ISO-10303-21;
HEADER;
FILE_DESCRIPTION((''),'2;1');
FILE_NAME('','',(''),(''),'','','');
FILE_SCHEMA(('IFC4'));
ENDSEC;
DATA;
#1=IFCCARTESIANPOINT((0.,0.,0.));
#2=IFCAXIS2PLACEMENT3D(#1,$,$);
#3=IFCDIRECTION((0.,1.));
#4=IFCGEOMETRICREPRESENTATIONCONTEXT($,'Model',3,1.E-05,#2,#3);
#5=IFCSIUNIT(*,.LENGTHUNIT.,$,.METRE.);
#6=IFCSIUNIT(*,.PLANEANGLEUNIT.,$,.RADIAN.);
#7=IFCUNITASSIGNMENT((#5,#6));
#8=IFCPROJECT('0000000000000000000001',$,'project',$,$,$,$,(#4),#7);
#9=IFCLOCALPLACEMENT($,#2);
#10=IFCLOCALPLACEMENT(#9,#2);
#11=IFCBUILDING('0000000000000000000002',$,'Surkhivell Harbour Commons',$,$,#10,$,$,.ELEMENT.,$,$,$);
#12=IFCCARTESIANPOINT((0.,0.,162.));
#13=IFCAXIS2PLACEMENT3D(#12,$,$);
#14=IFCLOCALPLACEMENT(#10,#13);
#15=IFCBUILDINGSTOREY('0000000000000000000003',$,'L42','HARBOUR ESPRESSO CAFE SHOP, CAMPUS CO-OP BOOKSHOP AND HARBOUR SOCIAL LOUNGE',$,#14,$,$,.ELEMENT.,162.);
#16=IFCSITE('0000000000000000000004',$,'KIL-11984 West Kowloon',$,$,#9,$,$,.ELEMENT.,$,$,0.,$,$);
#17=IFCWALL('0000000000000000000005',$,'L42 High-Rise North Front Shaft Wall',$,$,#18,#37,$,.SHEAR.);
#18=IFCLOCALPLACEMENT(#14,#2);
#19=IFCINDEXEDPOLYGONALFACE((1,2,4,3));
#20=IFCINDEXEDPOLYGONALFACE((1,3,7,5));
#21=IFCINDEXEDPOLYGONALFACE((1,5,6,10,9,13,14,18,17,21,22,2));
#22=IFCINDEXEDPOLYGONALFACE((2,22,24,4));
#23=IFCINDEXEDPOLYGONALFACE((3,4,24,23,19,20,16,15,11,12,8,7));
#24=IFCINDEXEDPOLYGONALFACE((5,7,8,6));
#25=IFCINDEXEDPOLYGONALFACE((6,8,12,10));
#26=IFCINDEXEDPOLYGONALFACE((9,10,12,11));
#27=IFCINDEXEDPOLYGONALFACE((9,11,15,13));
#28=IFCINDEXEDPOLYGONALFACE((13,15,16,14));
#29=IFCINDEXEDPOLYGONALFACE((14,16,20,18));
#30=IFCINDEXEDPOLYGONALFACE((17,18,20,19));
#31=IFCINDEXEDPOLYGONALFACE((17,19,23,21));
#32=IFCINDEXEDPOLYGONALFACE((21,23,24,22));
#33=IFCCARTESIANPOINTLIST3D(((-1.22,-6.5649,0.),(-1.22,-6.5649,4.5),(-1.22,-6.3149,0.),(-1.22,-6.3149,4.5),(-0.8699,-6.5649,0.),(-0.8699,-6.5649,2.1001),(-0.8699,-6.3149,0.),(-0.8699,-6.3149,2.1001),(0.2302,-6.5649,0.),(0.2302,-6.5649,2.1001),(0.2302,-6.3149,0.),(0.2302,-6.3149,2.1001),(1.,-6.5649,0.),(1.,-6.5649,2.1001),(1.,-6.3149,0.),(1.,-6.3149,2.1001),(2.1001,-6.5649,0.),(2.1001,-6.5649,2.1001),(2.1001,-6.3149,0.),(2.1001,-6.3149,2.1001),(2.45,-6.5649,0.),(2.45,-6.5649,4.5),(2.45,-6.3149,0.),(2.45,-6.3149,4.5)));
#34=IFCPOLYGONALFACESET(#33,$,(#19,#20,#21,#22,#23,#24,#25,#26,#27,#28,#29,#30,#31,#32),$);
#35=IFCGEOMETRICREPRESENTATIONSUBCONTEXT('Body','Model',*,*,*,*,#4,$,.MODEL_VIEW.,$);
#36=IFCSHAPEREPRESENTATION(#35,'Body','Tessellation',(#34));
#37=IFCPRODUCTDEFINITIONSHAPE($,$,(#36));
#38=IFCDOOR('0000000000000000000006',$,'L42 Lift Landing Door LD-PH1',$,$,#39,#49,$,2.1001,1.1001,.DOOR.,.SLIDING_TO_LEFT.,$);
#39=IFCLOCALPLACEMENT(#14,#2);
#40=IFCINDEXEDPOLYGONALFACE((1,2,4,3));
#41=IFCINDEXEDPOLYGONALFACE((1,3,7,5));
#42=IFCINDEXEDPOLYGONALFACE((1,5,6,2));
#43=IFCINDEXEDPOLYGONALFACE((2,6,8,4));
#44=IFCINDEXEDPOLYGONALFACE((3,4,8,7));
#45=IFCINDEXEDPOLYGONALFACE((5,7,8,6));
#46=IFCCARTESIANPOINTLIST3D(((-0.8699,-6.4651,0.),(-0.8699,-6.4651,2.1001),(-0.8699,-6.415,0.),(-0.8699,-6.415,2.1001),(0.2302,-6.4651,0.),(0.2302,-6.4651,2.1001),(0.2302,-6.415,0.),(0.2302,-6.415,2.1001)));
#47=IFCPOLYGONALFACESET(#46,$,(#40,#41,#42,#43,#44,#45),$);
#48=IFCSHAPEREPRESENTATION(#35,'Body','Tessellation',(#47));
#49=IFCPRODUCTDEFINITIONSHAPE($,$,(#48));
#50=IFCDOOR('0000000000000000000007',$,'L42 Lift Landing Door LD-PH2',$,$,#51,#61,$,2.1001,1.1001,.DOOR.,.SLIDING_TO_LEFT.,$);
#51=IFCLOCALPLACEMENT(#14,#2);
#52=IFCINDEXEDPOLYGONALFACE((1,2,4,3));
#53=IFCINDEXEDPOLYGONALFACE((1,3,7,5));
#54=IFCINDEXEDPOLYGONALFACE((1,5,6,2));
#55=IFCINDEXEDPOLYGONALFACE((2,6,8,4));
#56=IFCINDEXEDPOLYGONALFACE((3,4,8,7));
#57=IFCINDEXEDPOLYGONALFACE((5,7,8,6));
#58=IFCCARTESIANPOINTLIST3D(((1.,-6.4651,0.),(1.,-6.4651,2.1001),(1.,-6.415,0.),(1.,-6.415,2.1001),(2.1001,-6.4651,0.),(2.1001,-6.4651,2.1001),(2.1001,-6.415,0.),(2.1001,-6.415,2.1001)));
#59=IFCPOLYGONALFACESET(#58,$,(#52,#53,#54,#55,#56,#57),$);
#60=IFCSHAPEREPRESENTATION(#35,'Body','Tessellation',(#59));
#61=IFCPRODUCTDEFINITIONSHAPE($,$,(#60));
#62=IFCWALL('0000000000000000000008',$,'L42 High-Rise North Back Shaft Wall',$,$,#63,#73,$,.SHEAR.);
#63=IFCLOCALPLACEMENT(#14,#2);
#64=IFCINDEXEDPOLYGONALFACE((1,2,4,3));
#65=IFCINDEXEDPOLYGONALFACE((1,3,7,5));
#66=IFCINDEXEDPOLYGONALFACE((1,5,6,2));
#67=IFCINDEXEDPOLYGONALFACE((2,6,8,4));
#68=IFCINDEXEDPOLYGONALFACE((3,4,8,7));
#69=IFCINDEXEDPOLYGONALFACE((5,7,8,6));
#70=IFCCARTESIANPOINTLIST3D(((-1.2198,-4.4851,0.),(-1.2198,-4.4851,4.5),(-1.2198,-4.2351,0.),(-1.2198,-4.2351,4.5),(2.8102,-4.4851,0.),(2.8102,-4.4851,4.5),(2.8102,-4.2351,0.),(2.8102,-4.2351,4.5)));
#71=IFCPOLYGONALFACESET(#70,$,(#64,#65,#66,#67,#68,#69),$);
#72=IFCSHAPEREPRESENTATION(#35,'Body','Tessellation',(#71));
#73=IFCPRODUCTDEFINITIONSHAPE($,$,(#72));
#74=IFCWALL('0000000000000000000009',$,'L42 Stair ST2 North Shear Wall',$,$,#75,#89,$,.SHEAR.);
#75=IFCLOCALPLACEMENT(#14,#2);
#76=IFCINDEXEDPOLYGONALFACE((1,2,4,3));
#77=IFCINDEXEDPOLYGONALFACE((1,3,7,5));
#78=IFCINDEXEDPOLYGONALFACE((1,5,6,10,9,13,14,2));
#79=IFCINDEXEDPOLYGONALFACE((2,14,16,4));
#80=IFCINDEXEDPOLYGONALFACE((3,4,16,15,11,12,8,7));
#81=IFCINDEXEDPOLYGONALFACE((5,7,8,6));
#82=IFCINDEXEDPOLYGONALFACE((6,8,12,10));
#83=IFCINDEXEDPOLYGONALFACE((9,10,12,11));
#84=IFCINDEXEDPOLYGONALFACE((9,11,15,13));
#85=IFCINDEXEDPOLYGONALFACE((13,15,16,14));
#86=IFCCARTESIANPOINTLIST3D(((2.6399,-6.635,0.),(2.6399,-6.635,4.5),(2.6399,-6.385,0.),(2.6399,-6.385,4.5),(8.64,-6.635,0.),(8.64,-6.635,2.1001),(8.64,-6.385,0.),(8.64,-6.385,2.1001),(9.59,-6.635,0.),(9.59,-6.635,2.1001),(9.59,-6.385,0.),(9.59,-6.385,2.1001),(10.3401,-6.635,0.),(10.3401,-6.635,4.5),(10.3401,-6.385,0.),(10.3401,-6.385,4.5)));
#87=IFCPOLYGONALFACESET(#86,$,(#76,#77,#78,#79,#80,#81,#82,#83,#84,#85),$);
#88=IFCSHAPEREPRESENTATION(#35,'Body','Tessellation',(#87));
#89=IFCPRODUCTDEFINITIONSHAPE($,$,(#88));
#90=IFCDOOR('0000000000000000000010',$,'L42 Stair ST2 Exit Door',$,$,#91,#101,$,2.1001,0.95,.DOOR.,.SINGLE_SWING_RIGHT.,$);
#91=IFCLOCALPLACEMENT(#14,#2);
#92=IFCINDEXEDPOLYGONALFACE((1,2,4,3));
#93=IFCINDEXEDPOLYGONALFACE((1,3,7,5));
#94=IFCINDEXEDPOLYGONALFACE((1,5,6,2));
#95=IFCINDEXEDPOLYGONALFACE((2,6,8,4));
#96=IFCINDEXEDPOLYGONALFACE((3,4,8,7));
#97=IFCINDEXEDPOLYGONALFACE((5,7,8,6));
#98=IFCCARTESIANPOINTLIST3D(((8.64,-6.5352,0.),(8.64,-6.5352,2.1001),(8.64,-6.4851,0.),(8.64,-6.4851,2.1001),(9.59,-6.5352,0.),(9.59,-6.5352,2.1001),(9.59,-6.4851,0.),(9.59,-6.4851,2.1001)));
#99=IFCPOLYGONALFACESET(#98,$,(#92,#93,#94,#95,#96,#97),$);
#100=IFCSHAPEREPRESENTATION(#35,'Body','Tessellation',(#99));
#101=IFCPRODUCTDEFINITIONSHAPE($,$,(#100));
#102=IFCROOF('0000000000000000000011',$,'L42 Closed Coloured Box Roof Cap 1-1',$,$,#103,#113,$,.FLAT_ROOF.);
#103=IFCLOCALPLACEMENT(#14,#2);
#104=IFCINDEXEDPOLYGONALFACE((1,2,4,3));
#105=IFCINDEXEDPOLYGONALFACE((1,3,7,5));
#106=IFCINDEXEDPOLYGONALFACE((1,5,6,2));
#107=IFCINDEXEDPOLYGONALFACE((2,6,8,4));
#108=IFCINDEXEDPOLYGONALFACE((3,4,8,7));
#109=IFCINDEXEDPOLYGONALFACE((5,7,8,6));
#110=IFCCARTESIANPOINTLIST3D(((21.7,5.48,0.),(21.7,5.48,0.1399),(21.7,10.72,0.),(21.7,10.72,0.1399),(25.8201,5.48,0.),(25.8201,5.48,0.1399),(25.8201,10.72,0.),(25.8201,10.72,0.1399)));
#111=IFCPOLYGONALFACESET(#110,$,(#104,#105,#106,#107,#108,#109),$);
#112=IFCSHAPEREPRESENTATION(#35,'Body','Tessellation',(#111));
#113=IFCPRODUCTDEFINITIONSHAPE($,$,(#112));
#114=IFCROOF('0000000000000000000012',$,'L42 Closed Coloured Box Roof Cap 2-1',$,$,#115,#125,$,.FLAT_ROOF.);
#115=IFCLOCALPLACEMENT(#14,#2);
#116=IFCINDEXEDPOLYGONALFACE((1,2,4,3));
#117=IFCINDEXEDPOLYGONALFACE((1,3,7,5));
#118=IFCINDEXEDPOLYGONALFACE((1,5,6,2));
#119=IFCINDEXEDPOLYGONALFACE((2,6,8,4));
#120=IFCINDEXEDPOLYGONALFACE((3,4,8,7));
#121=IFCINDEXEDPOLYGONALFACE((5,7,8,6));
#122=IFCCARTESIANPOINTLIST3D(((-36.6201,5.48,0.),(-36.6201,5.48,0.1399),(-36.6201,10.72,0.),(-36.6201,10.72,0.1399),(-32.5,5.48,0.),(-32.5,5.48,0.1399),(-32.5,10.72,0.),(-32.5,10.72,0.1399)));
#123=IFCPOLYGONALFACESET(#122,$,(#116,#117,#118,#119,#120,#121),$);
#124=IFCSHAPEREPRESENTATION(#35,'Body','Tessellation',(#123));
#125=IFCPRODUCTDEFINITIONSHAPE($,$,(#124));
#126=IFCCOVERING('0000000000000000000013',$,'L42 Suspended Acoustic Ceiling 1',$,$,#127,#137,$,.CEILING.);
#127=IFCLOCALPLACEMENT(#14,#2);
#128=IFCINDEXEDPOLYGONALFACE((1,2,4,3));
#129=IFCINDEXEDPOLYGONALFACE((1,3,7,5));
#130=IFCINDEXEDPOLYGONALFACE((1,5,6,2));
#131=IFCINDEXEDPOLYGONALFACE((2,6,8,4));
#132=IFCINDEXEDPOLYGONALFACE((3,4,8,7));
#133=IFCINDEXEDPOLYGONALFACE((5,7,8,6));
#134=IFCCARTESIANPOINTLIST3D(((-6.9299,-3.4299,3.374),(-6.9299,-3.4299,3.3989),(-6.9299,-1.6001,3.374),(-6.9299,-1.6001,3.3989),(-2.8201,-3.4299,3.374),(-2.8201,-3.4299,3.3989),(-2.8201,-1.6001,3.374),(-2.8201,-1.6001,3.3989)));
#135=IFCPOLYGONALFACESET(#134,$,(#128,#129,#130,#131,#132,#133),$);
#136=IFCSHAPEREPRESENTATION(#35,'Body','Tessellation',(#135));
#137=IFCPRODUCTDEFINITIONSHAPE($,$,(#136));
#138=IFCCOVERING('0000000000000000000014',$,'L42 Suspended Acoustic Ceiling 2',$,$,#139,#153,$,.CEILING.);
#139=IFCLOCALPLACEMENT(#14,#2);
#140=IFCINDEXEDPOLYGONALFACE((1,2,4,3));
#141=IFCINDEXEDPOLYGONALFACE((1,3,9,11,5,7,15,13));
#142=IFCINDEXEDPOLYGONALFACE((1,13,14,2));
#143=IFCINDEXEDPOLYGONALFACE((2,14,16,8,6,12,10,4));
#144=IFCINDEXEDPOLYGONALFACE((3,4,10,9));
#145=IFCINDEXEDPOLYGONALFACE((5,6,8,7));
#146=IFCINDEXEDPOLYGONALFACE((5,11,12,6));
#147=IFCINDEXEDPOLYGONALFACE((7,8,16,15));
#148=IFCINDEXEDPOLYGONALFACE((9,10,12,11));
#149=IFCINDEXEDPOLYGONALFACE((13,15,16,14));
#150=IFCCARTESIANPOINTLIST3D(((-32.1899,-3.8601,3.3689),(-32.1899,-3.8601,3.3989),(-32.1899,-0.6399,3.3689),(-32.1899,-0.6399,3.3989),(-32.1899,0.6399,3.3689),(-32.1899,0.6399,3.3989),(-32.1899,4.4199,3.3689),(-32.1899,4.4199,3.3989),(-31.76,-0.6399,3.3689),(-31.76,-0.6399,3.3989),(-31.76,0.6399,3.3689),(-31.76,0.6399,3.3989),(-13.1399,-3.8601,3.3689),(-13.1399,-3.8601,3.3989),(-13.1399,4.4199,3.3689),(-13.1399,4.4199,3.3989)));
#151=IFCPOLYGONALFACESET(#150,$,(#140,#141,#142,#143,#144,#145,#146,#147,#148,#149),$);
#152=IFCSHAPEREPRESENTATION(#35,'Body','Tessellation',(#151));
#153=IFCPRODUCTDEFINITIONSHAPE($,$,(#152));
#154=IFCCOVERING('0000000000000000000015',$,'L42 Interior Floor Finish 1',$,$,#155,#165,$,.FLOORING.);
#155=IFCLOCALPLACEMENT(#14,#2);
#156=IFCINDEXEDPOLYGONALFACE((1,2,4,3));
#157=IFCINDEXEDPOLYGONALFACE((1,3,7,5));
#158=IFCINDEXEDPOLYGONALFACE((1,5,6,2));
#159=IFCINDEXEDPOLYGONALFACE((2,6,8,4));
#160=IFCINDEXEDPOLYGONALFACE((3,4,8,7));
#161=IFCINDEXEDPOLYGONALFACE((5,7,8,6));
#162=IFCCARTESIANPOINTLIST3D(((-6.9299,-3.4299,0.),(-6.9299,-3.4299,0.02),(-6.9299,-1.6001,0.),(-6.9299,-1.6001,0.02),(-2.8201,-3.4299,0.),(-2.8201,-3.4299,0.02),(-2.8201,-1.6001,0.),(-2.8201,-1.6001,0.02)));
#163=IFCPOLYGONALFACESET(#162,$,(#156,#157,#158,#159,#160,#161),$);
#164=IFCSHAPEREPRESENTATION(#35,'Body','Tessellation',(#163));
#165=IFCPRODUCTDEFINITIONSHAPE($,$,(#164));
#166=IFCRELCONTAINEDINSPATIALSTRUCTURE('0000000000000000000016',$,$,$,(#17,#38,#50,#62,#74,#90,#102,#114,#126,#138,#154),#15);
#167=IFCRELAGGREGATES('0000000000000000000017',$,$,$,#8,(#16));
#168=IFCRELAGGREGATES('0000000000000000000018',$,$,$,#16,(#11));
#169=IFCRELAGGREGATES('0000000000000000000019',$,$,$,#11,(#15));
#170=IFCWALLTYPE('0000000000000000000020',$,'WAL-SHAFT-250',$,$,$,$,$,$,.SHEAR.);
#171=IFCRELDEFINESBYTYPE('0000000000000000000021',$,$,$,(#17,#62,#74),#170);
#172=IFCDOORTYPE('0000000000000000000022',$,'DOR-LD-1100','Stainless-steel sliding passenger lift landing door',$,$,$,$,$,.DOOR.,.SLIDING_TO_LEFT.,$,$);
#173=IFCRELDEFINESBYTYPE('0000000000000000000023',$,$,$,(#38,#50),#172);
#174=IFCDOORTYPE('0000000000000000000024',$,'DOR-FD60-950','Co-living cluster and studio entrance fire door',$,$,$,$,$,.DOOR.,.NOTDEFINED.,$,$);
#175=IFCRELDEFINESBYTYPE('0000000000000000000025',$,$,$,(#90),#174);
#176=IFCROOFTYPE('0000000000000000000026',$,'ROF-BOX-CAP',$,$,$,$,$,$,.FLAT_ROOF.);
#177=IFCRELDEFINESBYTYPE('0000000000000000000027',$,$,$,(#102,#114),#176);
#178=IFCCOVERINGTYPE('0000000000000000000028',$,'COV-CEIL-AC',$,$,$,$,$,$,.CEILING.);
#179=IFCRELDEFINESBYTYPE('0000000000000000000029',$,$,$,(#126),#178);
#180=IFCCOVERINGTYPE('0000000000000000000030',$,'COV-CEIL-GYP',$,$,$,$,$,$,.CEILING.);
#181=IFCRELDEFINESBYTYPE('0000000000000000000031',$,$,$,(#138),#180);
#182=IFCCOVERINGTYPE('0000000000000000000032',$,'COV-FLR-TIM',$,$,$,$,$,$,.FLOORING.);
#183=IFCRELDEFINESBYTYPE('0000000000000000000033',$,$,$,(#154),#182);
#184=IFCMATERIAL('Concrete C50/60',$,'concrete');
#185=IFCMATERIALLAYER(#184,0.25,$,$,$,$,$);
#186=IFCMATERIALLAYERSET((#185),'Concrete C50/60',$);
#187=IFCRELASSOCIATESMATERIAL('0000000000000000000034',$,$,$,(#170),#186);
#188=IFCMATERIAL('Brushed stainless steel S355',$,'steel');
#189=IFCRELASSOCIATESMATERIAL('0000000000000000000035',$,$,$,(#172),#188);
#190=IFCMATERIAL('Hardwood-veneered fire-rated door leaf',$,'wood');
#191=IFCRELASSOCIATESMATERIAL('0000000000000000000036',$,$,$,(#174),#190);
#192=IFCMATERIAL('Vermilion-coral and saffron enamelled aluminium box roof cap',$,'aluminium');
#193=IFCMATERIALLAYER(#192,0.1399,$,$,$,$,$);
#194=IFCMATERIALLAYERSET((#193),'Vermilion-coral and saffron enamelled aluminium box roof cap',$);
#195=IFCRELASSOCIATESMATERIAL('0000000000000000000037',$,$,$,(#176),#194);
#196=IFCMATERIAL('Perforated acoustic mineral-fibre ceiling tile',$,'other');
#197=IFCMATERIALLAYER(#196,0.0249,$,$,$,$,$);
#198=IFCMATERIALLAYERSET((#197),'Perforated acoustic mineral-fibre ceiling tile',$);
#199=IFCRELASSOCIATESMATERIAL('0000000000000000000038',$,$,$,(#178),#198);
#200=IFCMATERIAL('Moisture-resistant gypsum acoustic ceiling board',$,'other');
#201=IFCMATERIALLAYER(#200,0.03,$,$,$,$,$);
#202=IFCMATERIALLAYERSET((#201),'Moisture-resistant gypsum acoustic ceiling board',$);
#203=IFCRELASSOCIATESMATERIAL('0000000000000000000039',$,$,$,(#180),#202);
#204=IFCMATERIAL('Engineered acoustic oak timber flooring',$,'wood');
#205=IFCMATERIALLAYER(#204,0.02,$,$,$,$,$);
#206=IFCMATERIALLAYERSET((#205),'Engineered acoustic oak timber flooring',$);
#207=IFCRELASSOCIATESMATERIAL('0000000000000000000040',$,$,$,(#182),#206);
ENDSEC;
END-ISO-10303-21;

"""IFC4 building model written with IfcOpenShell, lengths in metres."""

from ifc_helpers import new_model, si_unit, direction, frame, frame_2d, origin, place, context, subcontext, project, spatial, polyline, rectangle, outline, extrude, material, layer, layer_set, type_object, element, fill, save


model = new_model("IFC4")

# Units and contexts
model_context = context("Model", 3, precision=1e-05, world=origin(), true_north=direction((0.0, 1.0)))
body_context = subcontext(model_context, "Body", "Model", "MODEL_VIEW")
ifc_project = project(units=[si_unit("LENGTHUNIT", "METRE"), si_unit("PLANEANGLEUNIT", "RADIAN")], contexts=[model_context])

# Site, building, storey
site_placement = place(None, origin())
site = spatial("IfcSite", under=ifc_project, at=site_placement, Name="KIL-11984 West Kowloon", CompositionType="ELEMENT", RefElevation=0.0)
building_placement = place(site_placement, origin())
building = spatial("IfcBuilding", under=site, at=building_placement, Name="Surkhivell Harbour Commons", CompositionType="ELEMENT")
storey_placement = place(building_placement, frame((0.0, 0.0, 162.0)))
storey = spatial("IfcBuildingStorey", under=building, at=storey_placement, Name="L42", Description="HARBOUR ESPRESSO CAFE SHOP, CAMPUS CO-OP BOOKSHOP AND HARBOUR SOCIAL LOUNGE", CompositionType="ELEMENT", Elevation=162.0)

# Shared definitions
ifc_material_1 = material(Name="Concrete C50/60", Category="concrete")

# Shared definitions
ifc_material_2 = material(Name="Hardwood-veneered fire-rated door leaf", Category="wood")

# Shared definitions
ifc_layer_1 = layer(ifc_material_1, 0.25)
ifc_layer_set_1 = layer_set([ifc_layer_1], Name="Concrete C50/60")
wall_type_1 = type_object("IfcWallType", Name="WAL-SHAFT-250", PredefinedType="SHEAR", material=ifc_layer_set_1)

# Wall, openings, doors
wall_1_placement = place(storey_placement, frame((-1.22, -6.4399, 0.0), z_axis=(0.0, 0.0, 1.0), x_axis=(1.0, 0.0, 0.0)))
wall_1 = element("IfcWall", 1, at=wall_1_placement, inside=storey, type_object=wall_type_1, Name="L42 High-Rise North Front Shaft Wall", PredefinedType="SHEAR", context=body_context, shape_type="SweptSolid", body=[
    extrude(rectangle(XDim=3.6699, YDim=0.25, at=frame_2d((1.835, 0.0))), origin(), (0.0, 0.0, 1.0), 4.5),
])
opening_1_placement = place(wall_1_placement, frame((0.3501, 0.0, 0.0)))
opening_1 = element("IfcOpeningElement", 2, at=opening_1_placement, cuts=wall_1, PredefinedType="OPENING", context=body_context, shape_type="SweptSolid", body=[
    extrude(rectangle(XDim=1.1001, YDim=2.1001, at=frame_2d((0.55, 1.05))), frame((0.0, 0.135, 0.0), z_axis=(0.0, -1.0, 0.0), x_axis=(1.0, 0.0, 0.0)), (0.0, 0.0, 1.0), 0.27),
])
opening_2_placement = place(wall_1_placement, frame((2.22, 0.0, 0.0)))
opening_2 = element("IfcOpeningElement", 3, at=opening_2_placement, cuts=wall_1, PredefinedType="OPENING", context=body_context, shape_type="SweptSolid", body=[
    extrude(rectangle(XDim=1.1001, YDim=2.1001, at=frame_2d((0.55, 1.05))), frame((0.0, 0.135, 0.0), z_axis=(0.0, -1.0, 0.0), x_axis=(1.0, 0.0, 0.0)), (0.0, 0.0, 1.0), 0.27),
])
ifc_material_3 = material(Name="Brushed stainless steel S355", Category="steel")
door_type_1 = type_object("IfcDoorType", Name="DOR-LD-1100", Description="Stainless-steel sliding passenger lift landing door", OperationType="SLIDING_TO_LEFT", PredefinedType="DOOR", material=ifc_material_3)
door_1_placement = place(opening_1_placement, origin())
door_1 = element("IfcDoor", 4, at=door_1_placement, inside=storey, type_object=door_type_1, Name="L42 Lift Landing Door LD-PH1", OperationType="SLIDING_TO_LEFT", OverallHeight=2.1001, OverallWidth=1.1001, PredefinedType="DOOR", context=body_context, shape_type="SweptSolid", body=[
    extrude(rectangle(XDim=1.1001, YDim=2.1001, at=frame_2d((0.55, 1.05))), frame((0.0, 0.0249, 0.0), z_axis=(0.0, -1.0, 0.0), x_axis=(1.0, 0.0, 0.0)), (0.0, 0.0, 1.0), 0.05),
])
fill(opening_1, door_1)
door_2_placement = place(opening_2_placement, origin())
door_2 = element("IfcDoor", 5, at=door_2_placement, inside=storey, type_object=door_type_1, Name="L42 Lift Landing Door LD-PH2", OperationType="SLIDING_TO_LEFT", OverallHeight=2.1001, OverallWidth=1.1001, PredefinedType="DOOR", context=body_context, shape_type="SweptSolid", body=[
    extrude(rectangle(XDim=1.1001, YDim=2.1001, at=frame_2d((0.55, 1.05))), frame((0.0, 0.0249, 0.0), z_axis=(0.0, -1.0, 0.0), x_axis=(1.0, 0.0, 0.0)), (0.0, 0.0, 1.0), 0.05),
])
fill(opening_2, door_2)

# Wall
wall_2_placement = place(storey_placement, frame((-1.22, -4.3601, 0.0), z_axis=(0.0, 0.0, 1.0), x_axis=(1.0, 0.0, 0.0)))
element("IfcWall", 6, at=wall_2_placement, inside=storey, type_object=wall_type_1, Name="L42 High-Rise North Back Shaft Wall", PredefinedType="SHEAR", context=body_context, shape_type="SweptSolid", body=[
    extrude(rectangle(XDim=4.03, YDim=0.25, at=frame_2d((2.0151, 0.0))), origin(), (0.0, 0.0, 1.0), 4.5),
])

# Wall, opening, door
wall_3_placement = place(storey_placement, frame((2.6399, -6.51, 0.0), z_axis=(0.0, 0.0, 1.0), x_axis=(1.0, 0.0, 0.0)))
wall_3 = element("IfcWall", 7, at=wall_3_placement, inside=storey, type_object=wall_type_1, Name="L42 Stair ST2 North Shear Wall", PredefinedType="SHEAR", context=body_context, shape_type="SweptSolid", body=[
    extrude(rectangle(XDim=7.7002, YDim=0.25, at=frame_2d((3.8501, 0.0))), origin(), (0.0, 0.0, 1.0), 4.5),
])
opening_3_placement = place(wall_3_placement, frame((6.0, 0.0, 0.0)))
opening_3 = element("IfcOpeningElement", 8, at=opening_3_placement, cuts=wall_3, PredefinedType="OPENING", context=body_context, shape_type="SweptSolid", body=[
    extrude(rectangle(XDim=0.95, YDim=2.1001, at=frame_2d((0.4751, 1.05))), frame((0.0, 0.135, 0.0), z_axis=(0.0, -1.0, 0.0), x_axis=(1.0, 0.0, 0.0)), (0.0, 0.0, 1.0), 0.27),
])
door_type_2 = type_object("IfcDoorType", Name="DOR-FD60-950", Description="Co-living cluster and studio entrance fire door", OperationType="NOTDEFINED", PredefinedType="DOOR", material=ifc_material_2)
door_3_placement = place(opening_3_placement, origin())
door_3 = element("IfcDoor", 9, at=door_3_placement, inside=storey, type_object=door_type_2, Name="L42 Stair ST2 Exit Door", OperationType="SINGLE_SWING_RIGHT", OverallHeight=2.1001, OverallWidth=0.95, PredefinedType="DOOR", context=body_context, shape_type="SweptSolid", body=[
    extrude(rectangle(XDim=0.95, YDim=2.1001, at=frame_2d((0.4751, 1.05))), frame((0.0, 0.0249, 0.0), z_axis=(0.0, -1.0, 0.0), x_axis=(1.0, 0.0, 0.0)), (0.0, 0.0, 1.0), 0.05),
])
fill(opening_3, door_3)

# Roofs
ifc_material_4 = material(Name="Vermilion-coral and saffron enamelled aluminium box roof cap", Category="aluminium")
ifc_layer_2 = layer(ifc_material_4, 0.1399)
ifc_layer_set_2 = layer_set([ifc_layer_2], Name="Vermilion-coral and saffron enamelled aluminium box roof cap")
roof_type = type_object("IfcRoofType", Name="ROF-BOX-CAP", PredefinedType="FLAT_ROOF", material=ifc_layer_set_2)
roof_1_placement = place(storey_placement, origin())
element("IfcRoof", 10, at=roof_1_placement, inside=storey, type_object=roof_type, Name="L42 Closed Coloured Box Roof Cap 1-1", PredefinedType="FLAT_ROOF", context=body_context, shape_type="SweptSolid", body=[
    extrude(outline(polyline([(21.7, 10.72), (21.7, 5.48), (25.8201, 5.48), (25.8201, 10.72), (21.7, 10.72)])), origin(), (0.0, 0.0, 1.0), 0.1399),
])
roof_2_placement = place(storey_placement, origin())
element("IfcRoof", 11, at=roof_2_placement, inside=storey, type_object=roof_type, Name="L42 Closed Coloured Box Roof Cap 2-1", PredefinedType="FLAT_ROOF", context=body_context, shape_type="SweptSolid", body=[
    extrude(outline(polyline([(-32.5, 5.48), (-32.5, 10.72), (-36.6201, 10.72), (-36.6201, 5.48), (-32.5, 5.48)])), origin(), (0.0, 0.0, 1.0), 0.1399),
])

# Coverings
ifc_material_5 = material(Name="Perforated acoustic mineral-fibre ceiling tile", Category="other")
ifc_layer_3 = layer(ifc_material_5, 0.0249)
ifc_layer_set_3 = layer_set([ifc_layer_3], Name="Perforated acoustic mineral-fibre ceiling tile")
covering_type_1 = type_object("IfcCoveringType", Name="COV-CEIL-AC", PredefinedType="CEILING", material=ifc_layer_set_3)
covering_1_placement = place(storey_placement, frame((0.0, 0.0, 3.374)))
element("IfcCovering", 12, at=covering_1_placement, inside=storey, type_object=covering_type_1, Name="L42 Suspended Acoustic Ceiling 1", PredefinedType="CEILING", context=body_context, shape_type="SweptSolid", body=[
    extrude(outline(polyline([(-6.9299, -3.4299), (-2.8201, -3.4299), (-2.8201, -1.6001), (-6.9299, -1.6001), (-6.9299, -3.4299)])), origin(), (0.0, 0.0, 1.0), 0.0249),
])
ifc_material_6 = material(Name="Moisture-resistant gypsum acoustic ceiling board", Category="other")
ifc_layer_4 = layer(ifc_material_6, 0.03)
ifc_layer_set_4 = layer_set([ifc_layer_4], Name="Moisture-resistant gypsum acoustic ceiling board")
covering_type_2 = type_object("IfcCoveringType", Name="COV-CEIL-GYP", PredefinedType="CEILING", material=ifc_layer_set_4)
covering_2_placement = place(storey_placement, frame((0.0, 0.0, 3.3689)))
element("IfcCovering", 13, at=covering_2_placement, inside=storey, type_object=covering_type_2, Name="L42 Suspended Acoustic Ceiling 2", PredefinedType="CEILING", context=body_context, shape_type="SweptSolid", body=[
    extrude(outline(polyline([(-13.1399, -3.8601), (-13.1399, 4.4199), (-32.1899, 4.4199), (-32.1899, 0.6399), (-31.76, 0.6399), (-31.76, -0.6399), (-32.1899, -0.6399), (-32.1899, -3.8601), (-13.1399, -3.8601)])), origin(), (0.0, 0.0, 1.0), 0.03),
])
ifc_material_7 = material(Name="Engineered acoustic oak timber flooring", Category="wood")
ifc_layer_5 = layer(ifc_material_7, 0.02)
ifc_layer_set_5 = layer_set([ifc_layer_5], Name="Engineered acoustic oak timber flooring")
covering_type_3 = type_object("IfcCoveringType", Name="COV-FLR-TIM", PredefinedType="FLOORING", material=ifc_layer_set_5)
covering_3_placement = place(storey_placement, origin())
element("IfcCovering", 14, at=covering_3_placement, inside=storey, type_object=covering_type_3, Name="L42 Interior Floor Finish 1", PredefinedType="FLOORING", context=body_context, shape_type="SweptSolid", body=[
    extrude(outline(polyline([(-6.9299, -3.4299), (-2.8201, -3.4299), (-2.8201, -1.6001), (-6.9299, -1.6001), (-6.9299, -3.4299)])), origin(), (0.0, 0.0, 1.0), 0.02),
])

save(model, "model.ifc")
